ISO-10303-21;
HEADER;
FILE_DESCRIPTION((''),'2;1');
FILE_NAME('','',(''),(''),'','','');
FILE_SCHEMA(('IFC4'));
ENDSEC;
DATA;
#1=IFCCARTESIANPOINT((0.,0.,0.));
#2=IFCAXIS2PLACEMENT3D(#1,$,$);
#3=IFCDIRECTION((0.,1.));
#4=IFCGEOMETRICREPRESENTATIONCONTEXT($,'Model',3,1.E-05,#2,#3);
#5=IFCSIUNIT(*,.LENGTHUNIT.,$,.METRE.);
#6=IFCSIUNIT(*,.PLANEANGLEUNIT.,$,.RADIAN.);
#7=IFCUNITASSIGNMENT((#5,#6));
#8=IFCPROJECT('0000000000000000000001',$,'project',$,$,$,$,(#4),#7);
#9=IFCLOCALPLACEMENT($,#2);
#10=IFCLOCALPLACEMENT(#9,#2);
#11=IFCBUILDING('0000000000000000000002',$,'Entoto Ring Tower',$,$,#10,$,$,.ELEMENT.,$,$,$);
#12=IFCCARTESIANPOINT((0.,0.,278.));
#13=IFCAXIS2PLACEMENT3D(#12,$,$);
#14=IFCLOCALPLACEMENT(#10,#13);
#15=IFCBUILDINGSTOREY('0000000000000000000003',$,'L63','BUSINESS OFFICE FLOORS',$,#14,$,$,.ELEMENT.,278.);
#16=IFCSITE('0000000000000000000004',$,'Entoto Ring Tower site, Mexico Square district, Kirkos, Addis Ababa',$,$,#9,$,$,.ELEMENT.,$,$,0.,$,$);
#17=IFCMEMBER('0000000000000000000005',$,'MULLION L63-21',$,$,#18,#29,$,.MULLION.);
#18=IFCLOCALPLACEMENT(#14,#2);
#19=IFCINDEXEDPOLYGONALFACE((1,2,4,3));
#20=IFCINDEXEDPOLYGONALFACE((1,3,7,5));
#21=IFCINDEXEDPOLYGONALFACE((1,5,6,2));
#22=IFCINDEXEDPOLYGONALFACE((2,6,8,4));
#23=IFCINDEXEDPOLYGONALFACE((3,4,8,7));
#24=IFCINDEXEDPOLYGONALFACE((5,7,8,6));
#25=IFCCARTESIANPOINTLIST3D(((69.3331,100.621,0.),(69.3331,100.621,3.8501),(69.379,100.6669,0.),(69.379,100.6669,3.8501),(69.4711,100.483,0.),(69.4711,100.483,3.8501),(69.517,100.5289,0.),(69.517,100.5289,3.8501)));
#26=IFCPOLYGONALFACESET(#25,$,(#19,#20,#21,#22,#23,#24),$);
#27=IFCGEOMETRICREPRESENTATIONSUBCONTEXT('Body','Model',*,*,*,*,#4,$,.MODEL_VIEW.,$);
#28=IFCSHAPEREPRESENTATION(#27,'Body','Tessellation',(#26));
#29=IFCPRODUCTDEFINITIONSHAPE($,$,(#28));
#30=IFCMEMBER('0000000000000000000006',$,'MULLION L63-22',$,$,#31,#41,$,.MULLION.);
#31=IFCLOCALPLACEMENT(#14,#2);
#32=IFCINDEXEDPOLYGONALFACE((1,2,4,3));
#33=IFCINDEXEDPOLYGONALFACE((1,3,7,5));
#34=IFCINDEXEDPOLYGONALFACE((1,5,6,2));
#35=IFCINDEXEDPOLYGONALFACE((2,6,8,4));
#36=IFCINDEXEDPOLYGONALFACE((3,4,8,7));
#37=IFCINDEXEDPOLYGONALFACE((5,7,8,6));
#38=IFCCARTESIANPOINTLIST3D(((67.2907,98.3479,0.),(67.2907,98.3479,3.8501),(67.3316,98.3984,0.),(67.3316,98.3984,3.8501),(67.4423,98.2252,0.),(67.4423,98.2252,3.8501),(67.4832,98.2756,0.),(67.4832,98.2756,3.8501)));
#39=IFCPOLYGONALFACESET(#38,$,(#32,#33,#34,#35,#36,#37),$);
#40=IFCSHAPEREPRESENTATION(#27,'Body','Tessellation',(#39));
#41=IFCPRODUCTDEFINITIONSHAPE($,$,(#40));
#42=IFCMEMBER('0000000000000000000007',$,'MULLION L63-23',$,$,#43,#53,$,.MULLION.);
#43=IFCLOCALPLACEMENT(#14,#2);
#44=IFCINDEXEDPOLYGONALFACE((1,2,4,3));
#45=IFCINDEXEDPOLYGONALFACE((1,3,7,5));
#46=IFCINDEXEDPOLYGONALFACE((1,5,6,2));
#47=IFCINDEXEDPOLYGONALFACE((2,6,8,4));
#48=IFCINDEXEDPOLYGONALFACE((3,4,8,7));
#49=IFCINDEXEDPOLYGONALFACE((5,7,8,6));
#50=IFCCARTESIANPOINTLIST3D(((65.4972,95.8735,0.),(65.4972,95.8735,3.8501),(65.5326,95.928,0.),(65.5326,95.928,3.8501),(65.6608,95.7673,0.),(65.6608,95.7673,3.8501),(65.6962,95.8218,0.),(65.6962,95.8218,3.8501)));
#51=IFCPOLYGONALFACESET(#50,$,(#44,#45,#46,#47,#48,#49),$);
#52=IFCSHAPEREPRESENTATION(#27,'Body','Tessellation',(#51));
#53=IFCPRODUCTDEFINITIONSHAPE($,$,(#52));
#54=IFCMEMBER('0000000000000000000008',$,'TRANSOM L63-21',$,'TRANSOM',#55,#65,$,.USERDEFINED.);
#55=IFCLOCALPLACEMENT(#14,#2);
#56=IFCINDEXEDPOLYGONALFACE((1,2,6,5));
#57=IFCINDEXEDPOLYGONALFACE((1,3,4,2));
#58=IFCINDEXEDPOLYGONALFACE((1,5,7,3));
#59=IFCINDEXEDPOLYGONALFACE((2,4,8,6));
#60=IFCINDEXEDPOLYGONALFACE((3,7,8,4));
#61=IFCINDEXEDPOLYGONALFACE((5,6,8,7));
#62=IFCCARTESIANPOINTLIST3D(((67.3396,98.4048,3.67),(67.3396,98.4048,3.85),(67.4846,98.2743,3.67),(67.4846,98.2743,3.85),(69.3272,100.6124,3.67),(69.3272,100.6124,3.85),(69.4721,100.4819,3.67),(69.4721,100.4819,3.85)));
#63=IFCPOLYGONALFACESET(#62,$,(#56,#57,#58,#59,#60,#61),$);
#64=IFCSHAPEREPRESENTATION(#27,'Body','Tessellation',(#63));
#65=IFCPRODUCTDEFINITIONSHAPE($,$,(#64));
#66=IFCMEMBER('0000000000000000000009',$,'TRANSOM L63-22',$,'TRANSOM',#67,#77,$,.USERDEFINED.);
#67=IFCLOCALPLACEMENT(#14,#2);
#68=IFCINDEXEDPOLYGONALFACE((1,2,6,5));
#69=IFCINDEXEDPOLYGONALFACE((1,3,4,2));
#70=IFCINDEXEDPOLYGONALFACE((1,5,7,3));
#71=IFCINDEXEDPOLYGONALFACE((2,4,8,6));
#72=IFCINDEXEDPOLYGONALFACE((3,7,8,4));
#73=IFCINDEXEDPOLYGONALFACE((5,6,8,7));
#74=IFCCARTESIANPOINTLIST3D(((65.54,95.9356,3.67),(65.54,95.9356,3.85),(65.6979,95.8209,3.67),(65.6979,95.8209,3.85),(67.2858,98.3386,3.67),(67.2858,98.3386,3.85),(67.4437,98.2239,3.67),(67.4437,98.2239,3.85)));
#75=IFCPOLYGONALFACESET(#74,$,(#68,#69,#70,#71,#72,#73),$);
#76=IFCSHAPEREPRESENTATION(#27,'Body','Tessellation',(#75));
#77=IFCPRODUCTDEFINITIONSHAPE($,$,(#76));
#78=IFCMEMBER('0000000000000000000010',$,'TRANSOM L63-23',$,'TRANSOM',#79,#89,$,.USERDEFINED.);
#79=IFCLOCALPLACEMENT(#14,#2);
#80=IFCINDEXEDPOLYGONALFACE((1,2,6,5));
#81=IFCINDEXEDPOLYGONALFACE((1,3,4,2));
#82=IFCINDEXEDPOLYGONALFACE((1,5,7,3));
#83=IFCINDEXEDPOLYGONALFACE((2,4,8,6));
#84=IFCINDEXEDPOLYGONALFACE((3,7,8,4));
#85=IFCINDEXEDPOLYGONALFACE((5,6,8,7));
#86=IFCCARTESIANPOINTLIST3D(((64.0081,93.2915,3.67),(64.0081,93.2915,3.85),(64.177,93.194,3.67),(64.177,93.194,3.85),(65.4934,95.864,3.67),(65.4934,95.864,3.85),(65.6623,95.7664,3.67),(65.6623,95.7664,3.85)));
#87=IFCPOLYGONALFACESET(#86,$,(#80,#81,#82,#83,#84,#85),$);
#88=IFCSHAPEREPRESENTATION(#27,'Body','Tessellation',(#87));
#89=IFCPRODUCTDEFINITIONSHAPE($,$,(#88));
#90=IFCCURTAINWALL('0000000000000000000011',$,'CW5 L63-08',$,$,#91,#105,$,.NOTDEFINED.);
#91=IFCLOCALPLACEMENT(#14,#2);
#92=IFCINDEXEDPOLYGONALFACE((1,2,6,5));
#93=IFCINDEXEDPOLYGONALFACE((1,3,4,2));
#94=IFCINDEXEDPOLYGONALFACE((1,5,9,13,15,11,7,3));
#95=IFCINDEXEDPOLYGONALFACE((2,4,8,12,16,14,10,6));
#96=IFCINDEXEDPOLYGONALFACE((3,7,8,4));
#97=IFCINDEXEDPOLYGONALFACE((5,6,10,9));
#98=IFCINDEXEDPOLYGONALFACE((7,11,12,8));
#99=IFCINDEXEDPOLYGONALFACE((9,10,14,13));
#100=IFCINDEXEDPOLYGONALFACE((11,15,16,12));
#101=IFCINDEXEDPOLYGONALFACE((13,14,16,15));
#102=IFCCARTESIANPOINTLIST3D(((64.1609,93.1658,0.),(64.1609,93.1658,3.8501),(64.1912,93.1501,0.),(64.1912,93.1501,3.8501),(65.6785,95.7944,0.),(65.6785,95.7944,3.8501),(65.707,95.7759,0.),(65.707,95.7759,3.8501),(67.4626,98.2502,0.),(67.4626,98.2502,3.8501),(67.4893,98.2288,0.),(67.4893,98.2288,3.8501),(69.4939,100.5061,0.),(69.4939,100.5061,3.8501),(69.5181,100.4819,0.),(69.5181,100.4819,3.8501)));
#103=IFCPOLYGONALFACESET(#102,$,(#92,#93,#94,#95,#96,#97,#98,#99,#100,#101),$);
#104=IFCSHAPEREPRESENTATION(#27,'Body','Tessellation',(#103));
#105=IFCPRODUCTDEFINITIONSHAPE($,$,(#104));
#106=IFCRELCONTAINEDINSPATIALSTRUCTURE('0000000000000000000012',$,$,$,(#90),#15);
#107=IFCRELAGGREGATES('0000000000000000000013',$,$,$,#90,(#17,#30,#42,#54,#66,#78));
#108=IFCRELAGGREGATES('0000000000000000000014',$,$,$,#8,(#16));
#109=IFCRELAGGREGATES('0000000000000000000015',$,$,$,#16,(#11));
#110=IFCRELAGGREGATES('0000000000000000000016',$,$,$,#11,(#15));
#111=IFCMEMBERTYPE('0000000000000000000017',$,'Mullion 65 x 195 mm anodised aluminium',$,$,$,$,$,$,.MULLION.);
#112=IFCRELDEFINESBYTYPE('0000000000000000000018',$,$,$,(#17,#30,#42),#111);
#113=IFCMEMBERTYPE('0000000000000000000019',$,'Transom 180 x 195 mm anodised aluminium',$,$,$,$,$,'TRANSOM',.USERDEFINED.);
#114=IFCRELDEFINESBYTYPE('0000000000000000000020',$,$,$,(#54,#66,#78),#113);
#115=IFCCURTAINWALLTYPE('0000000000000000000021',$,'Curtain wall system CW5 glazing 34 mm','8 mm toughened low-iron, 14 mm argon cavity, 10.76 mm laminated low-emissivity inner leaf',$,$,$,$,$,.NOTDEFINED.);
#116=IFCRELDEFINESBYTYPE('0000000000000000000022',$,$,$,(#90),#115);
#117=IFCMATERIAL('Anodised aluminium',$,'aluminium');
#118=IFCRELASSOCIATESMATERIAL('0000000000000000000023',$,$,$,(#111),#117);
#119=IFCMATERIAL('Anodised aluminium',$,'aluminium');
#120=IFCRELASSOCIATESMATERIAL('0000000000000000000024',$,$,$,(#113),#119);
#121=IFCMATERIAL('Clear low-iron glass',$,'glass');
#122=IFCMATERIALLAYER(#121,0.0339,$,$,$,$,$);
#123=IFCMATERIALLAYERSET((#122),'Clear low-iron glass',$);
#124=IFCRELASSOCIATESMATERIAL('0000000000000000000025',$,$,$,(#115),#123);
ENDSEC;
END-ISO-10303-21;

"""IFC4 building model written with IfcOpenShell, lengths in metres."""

from ifc_helpers import new_model, si_unit, direction, frame, origin, origin_2d, place, context, subcontext, project, spatial, polyline, rectangle, outline, extrude, material, layer, layer_set, material_profile, profile_set, type_object, element, aggregate, save


model = new_model("IFC4")

# Units and contexts
model_context = context("Model", 3, precision=1e-05, world=origin(), true_north=direction((0.0, 1.0)))
body_context = subcontext(model_context, "Body", "Model", "MODEL_VIEW")
ifc_project = project(units=[si_unit("LENGTHUNIT", "METRE"), si_unit("PLANEANGLEUNIT", "RADIAN")], contexts=[model_context])

# Members
ifc_material_1 = material(Name="Anodised aluminium", Category="aluminium")
ifc_material_profile_1 = material_profile(ifc_material_1, rectangle(XDim=0.0649, YDim=0.1951, at=origin_2d()), Name="Mullion 65 x 195 mm anodised aluminium")
ifc_profile_set_1 = profile_set([ifc_material_profile_1], Name="Anodised aluminium")
member_type_1 = type_object("IfcMemberType", Name="Mullion 65 x 195 mm anodised aluminium", PredefinedType="MULLION", material=ifc_profile_set_1)
site_placement = place(None, origin())
building_placement = place(site_placement, origin())
storey_placement = place(building_placement, frame((0.0, 0.0, 278.0)))
member_1_placement = place(storey_placement, frame((69.425, 100.575, 0.0), z_axis=(0.0, 0.0, 1.0), x_axis=(-0.707107, -0.707107, 0.0)))
member_1 = element("IfcMember", 1, at=member_1_placement, type_object=member_type_1, Name="MULLION L63-21", PredefinedType="MULLION", context=body_context, shape_type="SweptSolid", body=[
    extrude(rectangle(XDim=0.0649, YDim=0.1951, at=origin_2d()), origin(), (0.0, 0.0, 1.0), 3.8501),
])
member_2_placement = place(storey_placement, frame((67.387, 98.3118, 0.0), z_axis=(0.0, 0.0, 1.0), x_axis=(-0.62932, -0.777146, 0.0)))
member_2 = element("IfcMember", 2, at=member_2_placement, type_object=member_type_1, Name="MULLION L63-22", PredefinedType="MULLION", context=body_context, shape_type="SweptSolid", body=[
    extrude(rectangle(XDim=0.0649, YDim=0.1951, at=origin_2d()), origin(), (0.0, 0.0, 1.0), 3.8501),
])
member_3_placement = place(storey_placement, frame((65.5967, 95.8477, 0.0), z_axis=(0.0, 0.0, 1.0), x_axis=(-0.544639, -0.838671, 0.0)))
member_3 = element("IfcMember", 3, at=member_3_placement, type_object=member_type_1, Name="MULLION L63-23", PredefinedType="MULLION", context=body_context, shape_type="SweptSolid", body=[
    extrude(rectangle(XDim=0.0649, YDim=0.1951, at=origin_2d()), origin(), (0.0, 0.0, 1.0), 3.8501),
])
ifc_material_2 = material(Name="Anodised aluminium", Category="aluminium")
ifc_material_profile_2 = material_profile(ifc_material_2, rectangle(XDim=0.1951, YDim=0.1799, at=origin_2d()), Name="Transom 180 x 195 mm anodised aluminium")
ifc_profile_set_2 = profile_set([ifc_material_profile_2], Name="Anodised aluminium")
member_type_2 = type_object("IfcMemberType", Name="Transom 180 x 195 mm anodised aluminium", ElementType="TRANSOM", PredefinedType="USERDEFINED", material=ifc_profile_set_2)
member_4_placement = place(storey_placement, frame((69.3997, 100.5471, 3.76), z_axis=(-0.66911, -0.743163, 0.0), x_axis=(0.743163, -0.66911, 0.0)))
member_4 = element("IfcMember", 4, at=member_4_placement, type_object=member_type_2, Name="TRANSOM L63-21", ObjectType="TRANSOM", PredefinedType="USERDEFINED", context=body_context, shape_type="SweptSolid", body=[
    extrude(rectangle(XDim=0.1951, YDim=0.1799, at=origin_2d()), origin(), (0.0, 0.0, 1.0), 2.9705),
])
member_5_placement = place(storey_placement, frame((67.3647, 98.2812, 3.76), z_axis=(-0.587766, -0.809031, 0.0), x_axis=(0.809031, -0.587766, 0.0)))
member_5 = element("IfcMember", 5, at=member_5_placement, type_object=member_type_2, Name="TRANSOM L63-22", ObjectType="TRANSOM", PredefinedType="USERDEFINED", context=body_context, shape_type="SweptSolid", body=[
    extrude(rectangle(XDim=0.1951, YDim=0.1799, at=origin_2d()), origin(), (0.0, 0.0, 1.0), 2.9702),
])
member_6_placement = place(storey_placement, frame((65.5779, 95.8152, 3.76), z_axis=(-0.500028, -0.866009, 0.0), x_axis=(0.866009, -0.500028, 0.0)))
member_6 = element("IfcMember", 6, at=member_6_placement, type_object=member_type_2, Name="TRANSOM L63-23", ObjectType="TRANSOM", PredefinedType="USERDEFINED", context=body_context, shape_type="SweptSolid", body=[
    extrude(rectangle(XDim=0.1951, YDim=0.1799, at=origin_2d()), origin(), (0.0, 0.0, 1.0), 2.9705),
])

# Site, building, storey
site = spatial("IfcSite", under=ifc_project, at=site_placement, Name="Entoto Ring Tower site, Mexico Square district, Kirkos, Addis Ababa", CompositionType="ELEMENT", RefElevation=0.0)
building = spatial("IfcBuilding", under=site, at=building_placement, Name="Entoto Ring Tower", CompositionType="ELEMENT")
storey = spatial("IfcBuildingStorey", under=building, at=storey_placement, Name="L63", Description="BUSINESS OFFICE FLOORS", CompositionType="ELEMENT", Elevation=278.0)

# Curtain wall
ifc_material_3 = material(Name="Clear low-iron glass", Category="glass")
ifc_layer = layer(ifc_material_3, 0.0339)
ifc_layer_set = layer_set([ifc_layer], Name="Clear low-iron glass")
curtain_wall_type = type_object("IfcCurtainWallType", Name="Curtain wall system CW5 glazing 34 mm", Description="8 mm toughened low-iron, 14 mm argon cavity, 10.76 mm laminated low-emissivity inner leaf", PredefinedType="NOTDEFINED", material=ifc_layer_set)
curtain_wall_1_placement = place(storey_placement, origin())
curtain_wall_1 = element("IfcCurtainWall", 7, at=curtain_wall_1_placement, inside=storey, type_object=curtain_wall_type, Name="CW5 L63-08", PredefinedType="NOTDEFINED", context=body_context, shape_type="SweptSolid", body=[
    extrude(outline(polyline([(69.4939, 100.5061), (67.4626, 98.2502), (65.6785, 95.7944), (64.1609, 93.1658), (64.1912, 93.1501), (65.707, 95.7759), (67.4893, 98.2288), (69.5181, 100.4819), (69.4939, 100.5061)])), origin(), (0.0, 0.0, 1.0), 3.8501),
])
aggregate(curtain_wall_1, [member_1, member_2, member_3, member_4, member_5, member_6])

save(model, "model.ifc")
